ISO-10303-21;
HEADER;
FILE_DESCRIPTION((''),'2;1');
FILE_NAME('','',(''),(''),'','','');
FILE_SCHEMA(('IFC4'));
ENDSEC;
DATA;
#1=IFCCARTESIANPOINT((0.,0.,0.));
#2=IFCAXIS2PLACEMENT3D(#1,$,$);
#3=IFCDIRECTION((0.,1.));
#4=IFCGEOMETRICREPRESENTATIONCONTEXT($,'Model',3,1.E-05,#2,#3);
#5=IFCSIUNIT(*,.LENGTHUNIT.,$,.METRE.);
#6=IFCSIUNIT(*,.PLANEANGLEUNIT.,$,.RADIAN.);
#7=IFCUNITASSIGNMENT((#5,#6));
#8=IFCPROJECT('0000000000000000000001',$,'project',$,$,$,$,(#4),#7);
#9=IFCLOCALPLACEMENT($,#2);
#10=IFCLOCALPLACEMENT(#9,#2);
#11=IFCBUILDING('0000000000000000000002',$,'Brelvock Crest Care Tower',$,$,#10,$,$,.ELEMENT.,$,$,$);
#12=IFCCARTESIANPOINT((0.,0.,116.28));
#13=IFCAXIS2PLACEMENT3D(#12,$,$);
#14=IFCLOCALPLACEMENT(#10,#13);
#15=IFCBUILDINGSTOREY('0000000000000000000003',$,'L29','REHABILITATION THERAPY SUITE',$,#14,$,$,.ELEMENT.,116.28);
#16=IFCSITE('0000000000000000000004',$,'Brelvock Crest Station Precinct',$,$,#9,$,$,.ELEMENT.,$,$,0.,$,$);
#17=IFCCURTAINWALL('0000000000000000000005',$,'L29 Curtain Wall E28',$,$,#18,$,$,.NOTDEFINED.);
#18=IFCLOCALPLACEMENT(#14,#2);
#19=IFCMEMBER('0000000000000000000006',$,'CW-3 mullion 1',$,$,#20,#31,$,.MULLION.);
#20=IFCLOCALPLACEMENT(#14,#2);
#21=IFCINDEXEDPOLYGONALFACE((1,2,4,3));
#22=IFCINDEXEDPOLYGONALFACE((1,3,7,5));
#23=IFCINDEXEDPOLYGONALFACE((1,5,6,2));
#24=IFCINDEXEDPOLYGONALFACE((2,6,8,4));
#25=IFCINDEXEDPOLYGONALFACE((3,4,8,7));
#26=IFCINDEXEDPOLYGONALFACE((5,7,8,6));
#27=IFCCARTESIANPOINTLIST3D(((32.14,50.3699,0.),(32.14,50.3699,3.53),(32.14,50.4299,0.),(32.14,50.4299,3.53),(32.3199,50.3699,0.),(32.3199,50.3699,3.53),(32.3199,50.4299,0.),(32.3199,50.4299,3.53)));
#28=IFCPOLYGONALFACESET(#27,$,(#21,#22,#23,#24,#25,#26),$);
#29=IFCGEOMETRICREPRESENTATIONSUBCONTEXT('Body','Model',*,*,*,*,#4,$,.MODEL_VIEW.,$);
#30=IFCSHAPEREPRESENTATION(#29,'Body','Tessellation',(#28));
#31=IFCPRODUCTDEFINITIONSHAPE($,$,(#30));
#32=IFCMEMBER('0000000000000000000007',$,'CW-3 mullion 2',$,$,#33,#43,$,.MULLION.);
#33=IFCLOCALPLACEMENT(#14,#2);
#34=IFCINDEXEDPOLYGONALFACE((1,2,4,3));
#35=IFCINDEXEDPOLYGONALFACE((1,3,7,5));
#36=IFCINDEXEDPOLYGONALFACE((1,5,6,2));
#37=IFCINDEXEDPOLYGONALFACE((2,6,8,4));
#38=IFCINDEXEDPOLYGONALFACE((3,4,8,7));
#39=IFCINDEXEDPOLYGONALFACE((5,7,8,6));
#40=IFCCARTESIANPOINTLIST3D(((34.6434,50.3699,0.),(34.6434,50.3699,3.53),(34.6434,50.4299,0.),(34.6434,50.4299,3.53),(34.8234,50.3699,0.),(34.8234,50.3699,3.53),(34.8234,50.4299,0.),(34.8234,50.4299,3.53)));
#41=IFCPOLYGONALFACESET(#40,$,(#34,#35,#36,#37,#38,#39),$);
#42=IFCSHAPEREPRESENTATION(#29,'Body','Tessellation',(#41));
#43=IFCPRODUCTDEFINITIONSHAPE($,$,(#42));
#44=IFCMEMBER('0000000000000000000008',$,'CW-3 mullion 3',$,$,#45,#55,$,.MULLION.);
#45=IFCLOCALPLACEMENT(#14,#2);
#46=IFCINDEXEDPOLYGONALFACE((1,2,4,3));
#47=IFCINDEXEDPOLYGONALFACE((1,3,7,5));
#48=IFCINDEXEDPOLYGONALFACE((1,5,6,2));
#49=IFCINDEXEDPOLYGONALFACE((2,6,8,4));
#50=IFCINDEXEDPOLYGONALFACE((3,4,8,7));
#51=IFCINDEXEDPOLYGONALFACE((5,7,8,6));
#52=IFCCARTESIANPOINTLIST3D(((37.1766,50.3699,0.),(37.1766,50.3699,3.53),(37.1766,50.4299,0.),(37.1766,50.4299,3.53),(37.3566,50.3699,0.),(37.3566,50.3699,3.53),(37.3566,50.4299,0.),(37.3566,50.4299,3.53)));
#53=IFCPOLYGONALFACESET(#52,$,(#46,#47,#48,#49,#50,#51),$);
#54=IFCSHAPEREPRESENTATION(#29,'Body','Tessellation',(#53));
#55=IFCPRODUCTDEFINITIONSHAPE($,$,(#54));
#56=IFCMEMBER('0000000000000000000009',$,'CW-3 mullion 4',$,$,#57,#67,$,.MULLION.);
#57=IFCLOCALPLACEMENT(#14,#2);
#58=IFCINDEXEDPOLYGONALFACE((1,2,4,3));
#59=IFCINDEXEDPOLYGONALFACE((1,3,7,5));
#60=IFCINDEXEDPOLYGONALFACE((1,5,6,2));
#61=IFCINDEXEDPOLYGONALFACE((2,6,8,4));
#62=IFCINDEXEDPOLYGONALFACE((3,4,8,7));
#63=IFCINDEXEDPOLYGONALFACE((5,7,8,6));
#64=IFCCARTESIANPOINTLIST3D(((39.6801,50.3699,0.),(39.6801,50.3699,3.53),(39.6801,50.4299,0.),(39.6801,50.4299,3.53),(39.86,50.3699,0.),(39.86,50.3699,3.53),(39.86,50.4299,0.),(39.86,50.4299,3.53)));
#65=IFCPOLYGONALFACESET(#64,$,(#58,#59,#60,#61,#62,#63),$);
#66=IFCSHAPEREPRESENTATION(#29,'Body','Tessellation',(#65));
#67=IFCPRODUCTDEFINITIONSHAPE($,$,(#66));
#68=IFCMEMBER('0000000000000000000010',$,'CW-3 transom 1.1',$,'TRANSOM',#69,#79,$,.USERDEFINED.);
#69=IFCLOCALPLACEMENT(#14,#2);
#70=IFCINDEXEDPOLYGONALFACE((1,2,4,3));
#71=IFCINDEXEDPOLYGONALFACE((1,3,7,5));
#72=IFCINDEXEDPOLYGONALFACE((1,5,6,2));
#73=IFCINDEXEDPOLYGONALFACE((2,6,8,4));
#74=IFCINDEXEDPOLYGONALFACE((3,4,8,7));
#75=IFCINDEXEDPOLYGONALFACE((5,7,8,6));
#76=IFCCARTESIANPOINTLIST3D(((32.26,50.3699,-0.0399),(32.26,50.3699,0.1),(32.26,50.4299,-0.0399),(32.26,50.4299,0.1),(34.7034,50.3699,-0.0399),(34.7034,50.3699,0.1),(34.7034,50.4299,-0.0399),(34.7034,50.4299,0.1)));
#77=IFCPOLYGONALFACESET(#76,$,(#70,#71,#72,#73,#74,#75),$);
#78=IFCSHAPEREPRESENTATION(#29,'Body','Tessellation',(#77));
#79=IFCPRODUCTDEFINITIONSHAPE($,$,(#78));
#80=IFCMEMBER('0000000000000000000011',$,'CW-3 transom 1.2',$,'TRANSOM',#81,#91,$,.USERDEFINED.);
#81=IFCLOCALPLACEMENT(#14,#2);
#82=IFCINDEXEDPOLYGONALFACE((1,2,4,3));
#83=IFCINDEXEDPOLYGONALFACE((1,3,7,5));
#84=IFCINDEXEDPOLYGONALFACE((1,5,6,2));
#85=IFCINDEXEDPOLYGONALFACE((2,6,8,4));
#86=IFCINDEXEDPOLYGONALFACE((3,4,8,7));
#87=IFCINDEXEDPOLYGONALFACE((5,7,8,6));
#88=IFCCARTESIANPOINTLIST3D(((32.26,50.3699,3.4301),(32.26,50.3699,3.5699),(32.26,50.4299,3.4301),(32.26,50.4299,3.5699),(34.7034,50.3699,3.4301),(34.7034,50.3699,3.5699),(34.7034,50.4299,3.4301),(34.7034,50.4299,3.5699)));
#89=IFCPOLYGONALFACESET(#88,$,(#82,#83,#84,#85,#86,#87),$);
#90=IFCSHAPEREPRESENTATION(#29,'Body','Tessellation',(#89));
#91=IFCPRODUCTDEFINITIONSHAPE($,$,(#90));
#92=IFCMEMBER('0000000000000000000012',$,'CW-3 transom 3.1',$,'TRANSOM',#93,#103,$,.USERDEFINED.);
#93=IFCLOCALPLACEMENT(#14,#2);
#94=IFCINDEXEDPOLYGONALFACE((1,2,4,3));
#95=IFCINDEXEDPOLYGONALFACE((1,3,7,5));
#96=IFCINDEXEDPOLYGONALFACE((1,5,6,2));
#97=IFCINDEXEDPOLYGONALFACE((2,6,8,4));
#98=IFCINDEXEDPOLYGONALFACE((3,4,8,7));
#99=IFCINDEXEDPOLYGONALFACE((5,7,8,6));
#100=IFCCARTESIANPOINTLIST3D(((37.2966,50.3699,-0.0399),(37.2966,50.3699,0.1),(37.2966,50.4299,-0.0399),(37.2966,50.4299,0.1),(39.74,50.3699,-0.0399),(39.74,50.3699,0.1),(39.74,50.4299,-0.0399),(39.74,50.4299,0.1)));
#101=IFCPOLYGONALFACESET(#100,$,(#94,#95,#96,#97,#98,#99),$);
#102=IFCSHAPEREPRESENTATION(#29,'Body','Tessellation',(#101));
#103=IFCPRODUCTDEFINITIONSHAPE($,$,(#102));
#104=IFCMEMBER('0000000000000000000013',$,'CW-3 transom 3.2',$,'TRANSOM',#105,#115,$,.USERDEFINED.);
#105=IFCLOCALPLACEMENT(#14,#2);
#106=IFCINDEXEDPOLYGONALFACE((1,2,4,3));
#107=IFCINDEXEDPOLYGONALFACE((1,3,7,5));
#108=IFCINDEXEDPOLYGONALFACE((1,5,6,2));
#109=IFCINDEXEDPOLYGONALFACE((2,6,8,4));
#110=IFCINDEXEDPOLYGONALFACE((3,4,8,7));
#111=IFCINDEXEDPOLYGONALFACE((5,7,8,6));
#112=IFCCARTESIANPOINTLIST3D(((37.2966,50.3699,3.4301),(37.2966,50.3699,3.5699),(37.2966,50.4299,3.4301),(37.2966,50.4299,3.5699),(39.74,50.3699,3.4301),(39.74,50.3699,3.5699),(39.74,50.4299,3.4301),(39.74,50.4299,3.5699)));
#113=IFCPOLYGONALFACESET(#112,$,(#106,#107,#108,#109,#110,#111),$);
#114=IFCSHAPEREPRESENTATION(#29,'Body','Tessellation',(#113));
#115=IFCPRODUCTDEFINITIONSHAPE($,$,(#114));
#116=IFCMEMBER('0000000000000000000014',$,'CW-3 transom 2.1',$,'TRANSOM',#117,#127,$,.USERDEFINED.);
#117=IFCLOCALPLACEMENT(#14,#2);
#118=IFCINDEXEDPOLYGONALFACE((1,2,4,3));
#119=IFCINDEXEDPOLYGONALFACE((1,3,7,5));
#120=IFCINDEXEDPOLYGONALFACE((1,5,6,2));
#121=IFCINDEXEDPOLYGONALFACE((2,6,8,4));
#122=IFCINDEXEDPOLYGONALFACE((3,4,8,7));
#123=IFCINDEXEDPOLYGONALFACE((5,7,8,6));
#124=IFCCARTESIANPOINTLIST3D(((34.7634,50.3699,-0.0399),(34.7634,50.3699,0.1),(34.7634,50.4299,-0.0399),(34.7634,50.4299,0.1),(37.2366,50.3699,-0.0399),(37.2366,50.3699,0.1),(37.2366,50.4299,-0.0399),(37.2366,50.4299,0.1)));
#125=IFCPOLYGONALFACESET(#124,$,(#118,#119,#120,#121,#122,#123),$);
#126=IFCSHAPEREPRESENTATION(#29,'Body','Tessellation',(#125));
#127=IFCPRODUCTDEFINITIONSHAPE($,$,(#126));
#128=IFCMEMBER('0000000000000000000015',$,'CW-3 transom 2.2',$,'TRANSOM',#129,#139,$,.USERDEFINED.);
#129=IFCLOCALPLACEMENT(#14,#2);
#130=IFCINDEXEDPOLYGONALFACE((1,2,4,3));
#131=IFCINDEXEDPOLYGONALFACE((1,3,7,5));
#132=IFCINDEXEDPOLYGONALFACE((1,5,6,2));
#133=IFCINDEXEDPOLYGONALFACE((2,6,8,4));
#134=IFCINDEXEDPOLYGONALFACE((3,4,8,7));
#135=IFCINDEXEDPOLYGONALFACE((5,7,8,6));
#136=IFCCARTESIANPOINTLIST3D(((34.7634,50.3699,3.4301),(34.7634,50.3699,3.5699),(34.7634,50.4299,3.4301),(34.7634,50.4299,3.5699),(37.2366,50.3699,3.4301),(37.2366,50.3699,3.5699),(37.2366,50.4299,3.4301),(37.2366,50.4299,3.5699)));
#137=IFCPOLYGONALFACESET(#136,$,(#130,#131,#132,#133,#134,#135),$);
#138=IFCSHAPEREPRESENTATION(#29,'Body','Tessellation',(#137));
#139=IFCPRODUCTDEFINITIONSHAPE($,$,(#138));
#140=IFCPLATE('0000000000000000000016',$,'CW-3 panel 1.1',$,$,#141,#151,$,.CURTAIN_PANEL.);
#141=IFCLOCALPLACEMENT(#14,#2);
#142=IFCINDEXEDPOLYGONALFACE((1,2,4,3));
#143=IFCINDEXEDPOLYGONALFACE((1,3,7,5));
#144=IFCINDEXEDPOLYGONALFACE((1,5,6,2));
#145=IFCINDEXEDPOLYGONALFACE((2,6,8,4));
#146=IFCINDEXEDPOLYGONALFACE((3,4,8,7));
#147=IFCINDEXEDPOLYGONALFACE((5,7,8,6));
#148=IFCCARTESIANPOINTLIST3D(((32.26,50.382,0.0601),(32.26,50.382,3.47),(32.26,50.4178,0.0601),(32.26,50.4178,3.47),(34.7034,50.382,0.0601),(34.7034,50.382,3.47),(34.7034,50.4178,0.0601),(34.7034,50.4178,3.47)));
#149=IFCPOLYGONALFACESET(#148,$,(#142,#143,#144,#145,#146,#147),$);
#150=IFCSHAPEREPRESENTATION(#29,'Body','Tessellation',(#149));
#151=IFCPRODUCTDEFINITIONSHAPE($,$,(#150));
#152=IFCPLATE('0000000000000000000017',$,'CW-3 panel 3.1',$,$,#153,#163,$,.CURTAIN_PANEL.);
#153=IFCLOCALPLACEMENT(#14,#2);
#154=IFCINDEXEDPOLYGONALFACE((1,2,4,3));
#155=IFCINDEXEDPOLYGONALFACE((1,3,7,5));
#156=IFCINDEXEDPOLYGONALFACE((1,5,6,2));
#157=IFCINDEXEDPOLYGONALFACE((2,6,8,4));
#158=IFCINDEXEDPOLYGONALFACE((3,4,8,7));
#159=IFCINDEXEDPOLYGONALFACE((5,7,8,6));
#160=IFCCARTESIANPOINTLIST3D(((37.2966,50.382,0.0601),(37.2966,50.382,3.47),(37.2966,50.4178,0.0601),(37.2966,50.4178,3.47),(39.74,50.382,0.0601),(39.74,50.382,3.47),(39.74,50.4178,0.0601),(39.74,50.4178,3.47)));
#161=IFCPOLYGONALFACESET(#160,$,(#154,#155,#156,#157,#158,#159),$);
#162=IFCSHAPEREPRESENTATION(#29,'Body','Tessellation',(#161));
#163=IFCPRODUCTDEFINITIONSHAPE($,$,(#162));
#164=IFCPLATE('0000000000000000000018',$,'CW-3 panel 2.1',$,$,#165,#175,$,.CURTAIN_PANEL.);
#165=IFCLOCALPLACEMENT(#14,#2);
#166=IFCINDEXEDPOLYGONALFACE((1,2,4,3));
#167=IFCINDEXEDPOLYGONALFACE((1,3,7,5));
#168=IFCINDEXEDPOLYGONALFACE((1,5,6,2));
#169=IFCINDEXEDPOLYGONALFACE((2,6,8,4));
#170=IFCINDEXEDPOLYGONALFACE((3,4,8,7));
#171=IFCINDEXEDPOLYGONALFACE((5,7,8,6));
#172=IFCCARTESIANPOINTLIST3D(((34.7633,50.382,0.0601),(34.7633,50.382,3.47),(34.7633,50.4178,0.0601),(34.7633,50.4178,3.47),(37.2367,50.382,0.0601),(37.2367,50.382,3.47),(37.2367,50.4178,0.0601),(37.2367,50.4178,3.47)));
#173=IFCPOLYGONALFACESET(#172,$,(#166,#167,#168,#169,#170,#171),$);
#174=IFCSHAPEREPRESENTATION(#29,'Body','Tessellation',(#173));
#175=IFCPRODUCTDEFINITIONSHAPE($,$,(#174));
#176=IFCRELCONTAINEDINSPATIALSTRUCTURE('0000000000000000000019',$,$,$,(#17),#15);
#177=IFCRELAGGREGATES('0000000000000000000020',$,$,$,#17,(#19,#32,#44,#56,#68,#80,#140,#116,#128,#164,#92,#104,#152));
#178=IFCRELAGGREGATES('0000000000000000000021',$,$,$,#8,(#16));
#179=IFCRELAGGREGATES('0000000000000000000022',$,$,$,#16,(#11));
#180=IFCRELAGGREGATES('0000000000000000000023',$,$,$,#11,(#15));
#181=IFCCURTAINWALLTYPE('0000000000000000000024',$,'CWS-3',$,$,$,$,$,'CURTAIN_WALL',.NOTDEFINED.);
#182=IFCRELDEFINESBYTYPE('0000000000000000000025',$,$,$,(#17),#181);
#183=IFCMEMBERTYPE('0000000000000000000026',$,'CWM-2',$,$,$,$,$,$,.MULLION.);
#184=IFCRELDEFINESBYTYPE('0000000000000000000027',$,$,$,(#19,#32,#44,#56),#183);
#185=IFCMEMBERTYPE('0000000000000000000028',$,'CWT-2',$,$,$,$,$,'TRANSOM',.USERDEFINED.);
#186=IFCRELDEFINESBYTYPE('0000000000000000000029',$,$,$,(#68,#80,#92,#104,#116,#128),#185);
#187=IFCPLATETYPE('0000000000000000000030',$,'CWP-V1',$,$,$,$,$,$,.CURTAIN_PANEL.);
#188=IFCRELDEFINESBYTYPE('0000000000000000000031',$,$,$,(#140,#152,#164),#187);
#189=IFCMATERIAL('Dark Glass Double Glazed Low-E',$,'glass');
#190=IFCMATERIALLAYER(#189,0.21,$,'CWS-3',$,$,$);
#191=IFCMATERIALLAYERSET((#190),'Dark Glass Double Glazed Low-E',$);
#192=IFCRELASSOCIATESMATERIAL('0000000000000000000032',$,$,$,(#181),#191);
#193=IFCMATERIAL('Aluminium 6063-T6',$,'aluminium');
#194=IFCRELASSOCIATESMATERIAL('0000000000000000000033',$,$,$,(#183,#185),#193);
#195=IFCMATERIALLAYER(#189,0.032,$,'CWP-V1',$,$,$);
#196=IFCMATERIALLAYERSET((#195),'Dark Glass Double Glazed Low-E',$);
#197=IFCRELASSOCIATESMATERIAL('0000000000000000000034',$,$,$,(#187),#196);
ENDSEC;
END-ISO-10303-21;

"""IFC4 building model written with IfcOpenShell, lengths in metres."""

from ifc_helpers import new_model, si_unit, direction, frame, origin, origin_2d, place, context, subcontext, project, spatial, rectangle, extrude, source, transform, mapped, material, layer, layer_set, material_profile, profile_set, type_object, element, aggregate, save


model = new_model("IFC4")

# Units and contexts
model_context = context("Model", 3, precision=1e-05, world=origin(), true_north=direction((0.0, 1.0)))
body_context = subcontext(model_context, "Body", "Model", "MODEL_VIEW")
ifc_project = project(units=[si_unit("LENGTHUNIT", "METRE"), si_unit("PLANEANGLEUNIT", "RADIAN")], contexts=[model_context])

# Site, building, storey
site_placement = place(None, origin())
site = spatial("IfcSite", under=ifc_project, at=site_placement, Name="Brelvock Crest Station Precinct", CompositionType="ELEMENT", RefElevation=0.0)
building_placement = place(site_placement, origin())
building = spatial("IfcBuilding", under=site, at=building_placement, Name="Brelvock Crest Care Tower", CompositionType="ELEMENT")
storey_placement = place(building_placement, frame((0.0, 0.0, 116.28)))
storey = spatial("IfcBuildingStorey", under=building, at=storey_placement, Name="L29", Description="REHABILITATION THERAPY SUITE", CompositionType="ELEMENT", Elevation=116.28)

# Curtain wall, members, plates
ifc_material_1 = material(Name="Dark Glass Double Glazed Low-E", Category="glass")
ifc_layer_1 = layer(ifc_material_1, 0.21, Name="CWS-3")
ifc_layer_set_1 = layer_set([ifc_layer_1], Name="Dark Glass Double Glazed Low-E")
curtain_wall_type = type_object("IfcCurtainWallType", Name="CWS-3", ElementType="CURTAIN_WALL", PredefinedType="NOTDEFINED", material=ifc_layer_set_1)
curtain_wall_placement = place(storey_placement, origin())
curtain_wall = element("IfcCurtainWall", 1, at=curtain_wall_placement, inside=storey, type_object=curtain_wall_type, Name="L29 Curtain Wall E28", PredefinedType="NOTDEFINED")
ifc_material_2 = material(Name="Aluminium 6063-T6", Category="aluminium")
ifc_material_profile_1 = material_profile(ifc_material_2, rectangle(XDim=0.0601, YDim=0.1799, at=origin_2d()), Name="ALU60x180")
ifc_profile_set_1 = profile_set([ifc_material_profile_1], Name="Aluminium 6063-T6")
member_type_1 = type_object("IfcMemberType", Name="CWM-2", PredefinedType="MULLION", material=ifc_profile_set_1)
shared_shape_1 = source(origin(), body_context, "Body", "SweptSolid", [
    extrude(rectangle(XDim=0.0601, YDim=0.1799, at=origin_2d()), origin(), (0.0, 0.0, 1.0), 3.53),
])
member_1_placement = place(storey_placement, frame((32.23, 50.3999, 0.0), z_axis=(0.0, 0.0, 1.0), x_axis=(0.0, 1.0, 0.0)))
member_1 = element("IfcMember", 2, at=member_1_placement, type_object=member_type_1, Name="CW-3 mullion 1", PredefinedType="MULLION", context=body_context, shape_type="MappedRepresentation", body=[
    mapped(shared_shape_1, transform((0.0, 0.0, 0.0), x_axis=(1.0, 0.0, 0.0), y_axis=(0.0, 1.0, 0.0), z_axis=(0.0, 0.0, 1.0), scale=1.0)),
])
member_2_placement = place(storey_placement, frame((34.7334, 50.3999, 0.0), z_axis=(0.0, 0.0, 1.0), x_axis=(0.0, 1.0, 0.0)))
member_2 = element("IfcMember", 3, at=member_2_placement, type_object=member_type_1, Name="CW-3 mullion 2", PredefinedType="MULLION", context=body_context, shape_type="MappedRepresentation", body=[
    mapped(shared_shape_1, transform((0.0, 0.0, 0.0), x_axis=(1.0, 0.0, 0.0), y_axis=(0.0, 1.0, 0.0), z_axis=(0.0, 0.0, 1.0), scale=1.0)),
])
member_3_placement = place(storey_placement, frame((37.2666, 50.3999, 0.0), z_axis=(0.0, 0.0, 1.0), x_axis=(0.0, 1.0, 0.0)))
member_3 = element("IfcMember", 4, at=member_3_placement, type_object=member_type_1, Name="CW-3 mullion 3", PredefinedType="MULLION", context=body_context, shape_type="MappedRepresentation", body=[
    mapped(shared_shape_1, transform((0.0, 0.0, 0.0), x_axis=(1.0, 0.0, 0.0), y_axis=(0.0, 1.0, 0.0), z_axis=(0.0, 0.0, 1.0), scale=1.0)),
])
member_4_placement = place(storey_placement, frame((39.77, 50.3999, 0.0), z_axis=(0.0, 0.0, 1.0), x_axis=(0.0, 1.0, 0.0)))
member_4 = element("IfcMember", 5, at=member_4_placement, type_object=member_type_1, Name="CW-3 mullion 4", PredefinedType="MULLION", context=body_context, shape_type="MappedRepresentation", body=[
    mapped(shared_shape_1, transform((0.0, 0.0, 0.0), x_axis=(1.0, 0.0, 0.0), y_axis=(0.0, 1.0, 0.0), z_axis=(0.0, 0.0, 1.0), scale=1.0)),
])
ifc_material_profile_2 = material_profile(ifc_material_2, rectangle(XDim=0.0601, YDim=0.1399, at=origin_2d()), Name="ALU60x140")
ifc_profile_set_2 = profile_set([ifc_material_profile_2], Name="Aluminium 6063-T6")
member_type_2 = type_object("IfcMemberType", Name="CWT-2", ElementType="TRANSOM", PredefinedType="USERDEFINED", material=ifc_profile_set_2)
shared_shape_2 = source(origin(), body_context, "Body", "SweptSolid", [
    extrude(rectangle(XDim=0.0601, YDim=0.1399, at=origin_2d()), origin(), (0.0, 0.0, 1.0), 2.4434),
])
member_5_placement = place(storey_placement, frame((32.26, 50.3999, 0.03), z_axis=(1.0, 0.0, 0.0), x_axis=(0.0, 1.0, 0.0)))
member_5 = element("IfcMember", 6, at=member_5_placement, type_object=member_type_2, Name="CW-3 transom 1.1", ObjectType="TRANSOM", PredefinedType="USERDEFINED", context=body_context, shape_type="MappedRepresentation", body=[
    mapped(shared_shape_2, transform((0.0, 0.0, 0.0), x_axis=(1.0, 0.0, 0.0), y_axis=(0.0, 1.0, 0.0), z_axis=(0.0, 0.0, 1.0), scale=1.0)),
])
member_6_placement = place(storey_placement, frame((32.26, 50.3999, 3.5), z_axis=(1.0, 0.0, 0.0), x_axis=(0.0, 1.0, 0.0)))
member_6 = element("IfcMember", 7, at=member_6_placement, type_object=member_type_2, Name="CW-3 transom 1.2", ObjectType="TRANSOM", PredefinedType="USERDEFINED", context=body_context, shape_type="MappedRepresentation", body=[
    mapped(shared_shape_2, transform((0.0, 0.0, 0.0), x_axis=(1.0, 0.0, 0.0), y_axis=(0.0, 1.0, 0.0), z_axis=(0.0, 0.0, 1.0), scale=1.0)),
])
member_7_placement = place(storey_placement, frame((37.2966, 50.3999, 0.03), z_axis=(1.0, 0.0, 0.0), x_axis=(0.0, 1.0, 0.0)))
member_7 = element("IfcMember", 8, at=member_7_placement, type_object=member_type_2, Name="CW-3 transom 3.1", ObjectType="TRANSOM", PredefinedType="USERDEFINED", context=body_context, shape_type="MappedRepresentation", body=[
    mapped(shared_shape_2, transform((0.0, 0.0, 0.0), x_axis=(1.0, 0.0, 0.0), y_axis=(0.0, 1.0, 0.0), z_axis=(0.0, 0.0, 1.0), scale=1.0)),
])
member_8_placement = place(storey_placement, frame((37.2966, 50.3999, 3.5), z_axis=(1.0, 0.0, 0.0), x_axis=(0.0, 1.0, 0.0)))
member_8 = element("IfcMember", 9, at=member_8_placement, type_object=member_type_2, Name="CW-3 transom 3.2", ObjectType="TRANSOM", PredefinedType="USERDEFINED", context=body_context, shape_type="MappedRepresentation", body=[
    mapped(shared_shape_2, transform((0.0, 0.0, 0.0), x_axis=(1.0, 0.0, 0.0), y_axis=(0.0, 1.0, 0.0), z_axis=(0.0, 0.0, 1.0), scale=1.0)),
])
shared_shape_3 = source(origin(), body_context, "Body", "SweptSolid", [
    extrude(rectangle(XDim=0.0601, YDim=0.1399, at=origin_2d()), origin(), (0.0, 0.0, 1.0), 2.4731),
])
member_9_placement = place(storey_placement, frame((34.7634, 50.3999, 0.03), z_axis=(1.0, 0.0, 0.0), x_axis=(0.0, 1.0, 0.0)))
member_9 = element("IfcMember", 10, at=member_9_placement, type_object=member_type_2, Name="CW-3 transom 2.1", ObjectType="TRANSOM", PredefinedType="USERDEFINED", context=body_context, shape_type="MappedRepresentation", body=[
    mapped(shared_shape_3, transform((0.0, 0.0, 0.0), x_axis=(1.0, 0.0, 0.0), y_axis=(0.0, 1.0, 0.0), z_axis=(0.0, 0.0, 1.0), scale=1.0)),
])
member_10_placement = place(storey_placement, frame((34.7634, 50.3999, 3.5), z_axis=(1.0, 0.0, 0.0), x_axis=(0.0, 1.0, 0.0)))
member_10 = element("IfcMember", 11, at=member_10_placement, type_object=member_type_2, Name="CW-3 transom 2.2", ObjectType="TRANSOM", PredefinedType="USERDEFINED", context=body_context, shape_type="MappedRepresentation", body=[
    mapped(shared_shape_3, transform((0.0, 0.0, 0.0), x_axis=(1.0, 0.0, 0.0), y_axis=(0.0, 1.0, 0.0), z_axis=(0.0, 0.0, 1.0), scale=1.0)),
])
ifc_layer_2 = layer(ifc_material_1, 0.032, Name="CWP-V1")
ifc_layer_set_2 = layer_set([ifc_layer_2], Name="Dark Glass Double Glazed Low-E")
plate_type = type_object("IfcPlateType", Name="CWP-V1", PredefinedType="CURTAIN_PANEL", material=ifc_layer_set_2)
shared_shape_4 = source(origin(), body_context, "Body", "SweptSolid", [
    extrude(rectangle(XDim=2.4434, YDim=0.0359, at=origin_2d()), origin(), (0.0, 0.0, 1.0), 3.4099),
])
plate_1_placement = place(storey_placement, frame((33.4817, 50.3999, 0.0601), z_axis=(0.0, 0.0, 1.0), x_axis=(1.0, 0.0, 0.0)))
plate_1 = element("IfcPlate", 12, at=plate_1_placement, type_object=plate_type, Name="CW-3 panel 1.1", PredefinedType="CURTAIN_PANEL", context=body_context, shape_type="MappedRepresentation", body=[
    mapped(shared_shape_4, transform((0.0, 0.0, 0.0), x_axis=(1.0, 0.0, 0.0), y_axis=(0.0, 1.0, 0.0), z_axis=(0.0, 0.0, 1.0), scale=1.0)),
])
plate_2_placement = place(storey_placement, frame((38.5183, 50.3999, 0.0601), z_axis=(0.0, 0.0, 1.0), x_axis=(1.0, 0.0, 0.0)))
plate_2 = element("IfcPlate", 13, at=plate_2_placement, type_object=plate_type, Name="CW-3 panel 3.1", PredefinedType="CURTAIN_PANEL", context=body_context, shape_type="MappedRepresentation", body=[
    mapped(shared_shape_4, transform((0.0, 0.0, 0.0), x_axis=(1.0, 0.0, 0.0), y_axis=(0.0, 1.0, 0.0), z_axis=(0.0, 0.0, 1.0), scale=1.0)),
])
shared_shape_5 = source(origin(), body_context, "Body", "SweptSolid", [
    extrude(rectangle(XDim=2.4734, YDim=0.0359, at=origin_2d()), origin(), (0.0, 0.0, 1.0), 3.4099),
])
plate_3_placement = place(storey_placement, frame((36.0, 50.3999, 0.0601), z_axis=(0.0, 0.0, 1.0), x_axis=(1.0, 0.0, 0.0)))
plate_3 = element("IfcPlate", 14, at=plate_3_placement, type_object=plate_type, Name="CW-3 panel 2.1", PredefinedType="CURTAIN_PANEL", context=body_context, shape_type="MappedRepresentation", body=[
    mapped(shared_shape_5, transform((0.0, 0.0, 0.0), x_axis=(1.0, 0.0, 0.0), y_axis=(0.0, 1.0, 0.0), z_axis=(0.0, 0.0, 1.0), scale=1.0)),
])
aggregate(curtain_wall, [member_1, member_2, member_3, member_4, member_5, member_6, plate_1, member_9, member_10, plate_3, member_7, member_8, plate_2])

save(model, "model.ifc")
